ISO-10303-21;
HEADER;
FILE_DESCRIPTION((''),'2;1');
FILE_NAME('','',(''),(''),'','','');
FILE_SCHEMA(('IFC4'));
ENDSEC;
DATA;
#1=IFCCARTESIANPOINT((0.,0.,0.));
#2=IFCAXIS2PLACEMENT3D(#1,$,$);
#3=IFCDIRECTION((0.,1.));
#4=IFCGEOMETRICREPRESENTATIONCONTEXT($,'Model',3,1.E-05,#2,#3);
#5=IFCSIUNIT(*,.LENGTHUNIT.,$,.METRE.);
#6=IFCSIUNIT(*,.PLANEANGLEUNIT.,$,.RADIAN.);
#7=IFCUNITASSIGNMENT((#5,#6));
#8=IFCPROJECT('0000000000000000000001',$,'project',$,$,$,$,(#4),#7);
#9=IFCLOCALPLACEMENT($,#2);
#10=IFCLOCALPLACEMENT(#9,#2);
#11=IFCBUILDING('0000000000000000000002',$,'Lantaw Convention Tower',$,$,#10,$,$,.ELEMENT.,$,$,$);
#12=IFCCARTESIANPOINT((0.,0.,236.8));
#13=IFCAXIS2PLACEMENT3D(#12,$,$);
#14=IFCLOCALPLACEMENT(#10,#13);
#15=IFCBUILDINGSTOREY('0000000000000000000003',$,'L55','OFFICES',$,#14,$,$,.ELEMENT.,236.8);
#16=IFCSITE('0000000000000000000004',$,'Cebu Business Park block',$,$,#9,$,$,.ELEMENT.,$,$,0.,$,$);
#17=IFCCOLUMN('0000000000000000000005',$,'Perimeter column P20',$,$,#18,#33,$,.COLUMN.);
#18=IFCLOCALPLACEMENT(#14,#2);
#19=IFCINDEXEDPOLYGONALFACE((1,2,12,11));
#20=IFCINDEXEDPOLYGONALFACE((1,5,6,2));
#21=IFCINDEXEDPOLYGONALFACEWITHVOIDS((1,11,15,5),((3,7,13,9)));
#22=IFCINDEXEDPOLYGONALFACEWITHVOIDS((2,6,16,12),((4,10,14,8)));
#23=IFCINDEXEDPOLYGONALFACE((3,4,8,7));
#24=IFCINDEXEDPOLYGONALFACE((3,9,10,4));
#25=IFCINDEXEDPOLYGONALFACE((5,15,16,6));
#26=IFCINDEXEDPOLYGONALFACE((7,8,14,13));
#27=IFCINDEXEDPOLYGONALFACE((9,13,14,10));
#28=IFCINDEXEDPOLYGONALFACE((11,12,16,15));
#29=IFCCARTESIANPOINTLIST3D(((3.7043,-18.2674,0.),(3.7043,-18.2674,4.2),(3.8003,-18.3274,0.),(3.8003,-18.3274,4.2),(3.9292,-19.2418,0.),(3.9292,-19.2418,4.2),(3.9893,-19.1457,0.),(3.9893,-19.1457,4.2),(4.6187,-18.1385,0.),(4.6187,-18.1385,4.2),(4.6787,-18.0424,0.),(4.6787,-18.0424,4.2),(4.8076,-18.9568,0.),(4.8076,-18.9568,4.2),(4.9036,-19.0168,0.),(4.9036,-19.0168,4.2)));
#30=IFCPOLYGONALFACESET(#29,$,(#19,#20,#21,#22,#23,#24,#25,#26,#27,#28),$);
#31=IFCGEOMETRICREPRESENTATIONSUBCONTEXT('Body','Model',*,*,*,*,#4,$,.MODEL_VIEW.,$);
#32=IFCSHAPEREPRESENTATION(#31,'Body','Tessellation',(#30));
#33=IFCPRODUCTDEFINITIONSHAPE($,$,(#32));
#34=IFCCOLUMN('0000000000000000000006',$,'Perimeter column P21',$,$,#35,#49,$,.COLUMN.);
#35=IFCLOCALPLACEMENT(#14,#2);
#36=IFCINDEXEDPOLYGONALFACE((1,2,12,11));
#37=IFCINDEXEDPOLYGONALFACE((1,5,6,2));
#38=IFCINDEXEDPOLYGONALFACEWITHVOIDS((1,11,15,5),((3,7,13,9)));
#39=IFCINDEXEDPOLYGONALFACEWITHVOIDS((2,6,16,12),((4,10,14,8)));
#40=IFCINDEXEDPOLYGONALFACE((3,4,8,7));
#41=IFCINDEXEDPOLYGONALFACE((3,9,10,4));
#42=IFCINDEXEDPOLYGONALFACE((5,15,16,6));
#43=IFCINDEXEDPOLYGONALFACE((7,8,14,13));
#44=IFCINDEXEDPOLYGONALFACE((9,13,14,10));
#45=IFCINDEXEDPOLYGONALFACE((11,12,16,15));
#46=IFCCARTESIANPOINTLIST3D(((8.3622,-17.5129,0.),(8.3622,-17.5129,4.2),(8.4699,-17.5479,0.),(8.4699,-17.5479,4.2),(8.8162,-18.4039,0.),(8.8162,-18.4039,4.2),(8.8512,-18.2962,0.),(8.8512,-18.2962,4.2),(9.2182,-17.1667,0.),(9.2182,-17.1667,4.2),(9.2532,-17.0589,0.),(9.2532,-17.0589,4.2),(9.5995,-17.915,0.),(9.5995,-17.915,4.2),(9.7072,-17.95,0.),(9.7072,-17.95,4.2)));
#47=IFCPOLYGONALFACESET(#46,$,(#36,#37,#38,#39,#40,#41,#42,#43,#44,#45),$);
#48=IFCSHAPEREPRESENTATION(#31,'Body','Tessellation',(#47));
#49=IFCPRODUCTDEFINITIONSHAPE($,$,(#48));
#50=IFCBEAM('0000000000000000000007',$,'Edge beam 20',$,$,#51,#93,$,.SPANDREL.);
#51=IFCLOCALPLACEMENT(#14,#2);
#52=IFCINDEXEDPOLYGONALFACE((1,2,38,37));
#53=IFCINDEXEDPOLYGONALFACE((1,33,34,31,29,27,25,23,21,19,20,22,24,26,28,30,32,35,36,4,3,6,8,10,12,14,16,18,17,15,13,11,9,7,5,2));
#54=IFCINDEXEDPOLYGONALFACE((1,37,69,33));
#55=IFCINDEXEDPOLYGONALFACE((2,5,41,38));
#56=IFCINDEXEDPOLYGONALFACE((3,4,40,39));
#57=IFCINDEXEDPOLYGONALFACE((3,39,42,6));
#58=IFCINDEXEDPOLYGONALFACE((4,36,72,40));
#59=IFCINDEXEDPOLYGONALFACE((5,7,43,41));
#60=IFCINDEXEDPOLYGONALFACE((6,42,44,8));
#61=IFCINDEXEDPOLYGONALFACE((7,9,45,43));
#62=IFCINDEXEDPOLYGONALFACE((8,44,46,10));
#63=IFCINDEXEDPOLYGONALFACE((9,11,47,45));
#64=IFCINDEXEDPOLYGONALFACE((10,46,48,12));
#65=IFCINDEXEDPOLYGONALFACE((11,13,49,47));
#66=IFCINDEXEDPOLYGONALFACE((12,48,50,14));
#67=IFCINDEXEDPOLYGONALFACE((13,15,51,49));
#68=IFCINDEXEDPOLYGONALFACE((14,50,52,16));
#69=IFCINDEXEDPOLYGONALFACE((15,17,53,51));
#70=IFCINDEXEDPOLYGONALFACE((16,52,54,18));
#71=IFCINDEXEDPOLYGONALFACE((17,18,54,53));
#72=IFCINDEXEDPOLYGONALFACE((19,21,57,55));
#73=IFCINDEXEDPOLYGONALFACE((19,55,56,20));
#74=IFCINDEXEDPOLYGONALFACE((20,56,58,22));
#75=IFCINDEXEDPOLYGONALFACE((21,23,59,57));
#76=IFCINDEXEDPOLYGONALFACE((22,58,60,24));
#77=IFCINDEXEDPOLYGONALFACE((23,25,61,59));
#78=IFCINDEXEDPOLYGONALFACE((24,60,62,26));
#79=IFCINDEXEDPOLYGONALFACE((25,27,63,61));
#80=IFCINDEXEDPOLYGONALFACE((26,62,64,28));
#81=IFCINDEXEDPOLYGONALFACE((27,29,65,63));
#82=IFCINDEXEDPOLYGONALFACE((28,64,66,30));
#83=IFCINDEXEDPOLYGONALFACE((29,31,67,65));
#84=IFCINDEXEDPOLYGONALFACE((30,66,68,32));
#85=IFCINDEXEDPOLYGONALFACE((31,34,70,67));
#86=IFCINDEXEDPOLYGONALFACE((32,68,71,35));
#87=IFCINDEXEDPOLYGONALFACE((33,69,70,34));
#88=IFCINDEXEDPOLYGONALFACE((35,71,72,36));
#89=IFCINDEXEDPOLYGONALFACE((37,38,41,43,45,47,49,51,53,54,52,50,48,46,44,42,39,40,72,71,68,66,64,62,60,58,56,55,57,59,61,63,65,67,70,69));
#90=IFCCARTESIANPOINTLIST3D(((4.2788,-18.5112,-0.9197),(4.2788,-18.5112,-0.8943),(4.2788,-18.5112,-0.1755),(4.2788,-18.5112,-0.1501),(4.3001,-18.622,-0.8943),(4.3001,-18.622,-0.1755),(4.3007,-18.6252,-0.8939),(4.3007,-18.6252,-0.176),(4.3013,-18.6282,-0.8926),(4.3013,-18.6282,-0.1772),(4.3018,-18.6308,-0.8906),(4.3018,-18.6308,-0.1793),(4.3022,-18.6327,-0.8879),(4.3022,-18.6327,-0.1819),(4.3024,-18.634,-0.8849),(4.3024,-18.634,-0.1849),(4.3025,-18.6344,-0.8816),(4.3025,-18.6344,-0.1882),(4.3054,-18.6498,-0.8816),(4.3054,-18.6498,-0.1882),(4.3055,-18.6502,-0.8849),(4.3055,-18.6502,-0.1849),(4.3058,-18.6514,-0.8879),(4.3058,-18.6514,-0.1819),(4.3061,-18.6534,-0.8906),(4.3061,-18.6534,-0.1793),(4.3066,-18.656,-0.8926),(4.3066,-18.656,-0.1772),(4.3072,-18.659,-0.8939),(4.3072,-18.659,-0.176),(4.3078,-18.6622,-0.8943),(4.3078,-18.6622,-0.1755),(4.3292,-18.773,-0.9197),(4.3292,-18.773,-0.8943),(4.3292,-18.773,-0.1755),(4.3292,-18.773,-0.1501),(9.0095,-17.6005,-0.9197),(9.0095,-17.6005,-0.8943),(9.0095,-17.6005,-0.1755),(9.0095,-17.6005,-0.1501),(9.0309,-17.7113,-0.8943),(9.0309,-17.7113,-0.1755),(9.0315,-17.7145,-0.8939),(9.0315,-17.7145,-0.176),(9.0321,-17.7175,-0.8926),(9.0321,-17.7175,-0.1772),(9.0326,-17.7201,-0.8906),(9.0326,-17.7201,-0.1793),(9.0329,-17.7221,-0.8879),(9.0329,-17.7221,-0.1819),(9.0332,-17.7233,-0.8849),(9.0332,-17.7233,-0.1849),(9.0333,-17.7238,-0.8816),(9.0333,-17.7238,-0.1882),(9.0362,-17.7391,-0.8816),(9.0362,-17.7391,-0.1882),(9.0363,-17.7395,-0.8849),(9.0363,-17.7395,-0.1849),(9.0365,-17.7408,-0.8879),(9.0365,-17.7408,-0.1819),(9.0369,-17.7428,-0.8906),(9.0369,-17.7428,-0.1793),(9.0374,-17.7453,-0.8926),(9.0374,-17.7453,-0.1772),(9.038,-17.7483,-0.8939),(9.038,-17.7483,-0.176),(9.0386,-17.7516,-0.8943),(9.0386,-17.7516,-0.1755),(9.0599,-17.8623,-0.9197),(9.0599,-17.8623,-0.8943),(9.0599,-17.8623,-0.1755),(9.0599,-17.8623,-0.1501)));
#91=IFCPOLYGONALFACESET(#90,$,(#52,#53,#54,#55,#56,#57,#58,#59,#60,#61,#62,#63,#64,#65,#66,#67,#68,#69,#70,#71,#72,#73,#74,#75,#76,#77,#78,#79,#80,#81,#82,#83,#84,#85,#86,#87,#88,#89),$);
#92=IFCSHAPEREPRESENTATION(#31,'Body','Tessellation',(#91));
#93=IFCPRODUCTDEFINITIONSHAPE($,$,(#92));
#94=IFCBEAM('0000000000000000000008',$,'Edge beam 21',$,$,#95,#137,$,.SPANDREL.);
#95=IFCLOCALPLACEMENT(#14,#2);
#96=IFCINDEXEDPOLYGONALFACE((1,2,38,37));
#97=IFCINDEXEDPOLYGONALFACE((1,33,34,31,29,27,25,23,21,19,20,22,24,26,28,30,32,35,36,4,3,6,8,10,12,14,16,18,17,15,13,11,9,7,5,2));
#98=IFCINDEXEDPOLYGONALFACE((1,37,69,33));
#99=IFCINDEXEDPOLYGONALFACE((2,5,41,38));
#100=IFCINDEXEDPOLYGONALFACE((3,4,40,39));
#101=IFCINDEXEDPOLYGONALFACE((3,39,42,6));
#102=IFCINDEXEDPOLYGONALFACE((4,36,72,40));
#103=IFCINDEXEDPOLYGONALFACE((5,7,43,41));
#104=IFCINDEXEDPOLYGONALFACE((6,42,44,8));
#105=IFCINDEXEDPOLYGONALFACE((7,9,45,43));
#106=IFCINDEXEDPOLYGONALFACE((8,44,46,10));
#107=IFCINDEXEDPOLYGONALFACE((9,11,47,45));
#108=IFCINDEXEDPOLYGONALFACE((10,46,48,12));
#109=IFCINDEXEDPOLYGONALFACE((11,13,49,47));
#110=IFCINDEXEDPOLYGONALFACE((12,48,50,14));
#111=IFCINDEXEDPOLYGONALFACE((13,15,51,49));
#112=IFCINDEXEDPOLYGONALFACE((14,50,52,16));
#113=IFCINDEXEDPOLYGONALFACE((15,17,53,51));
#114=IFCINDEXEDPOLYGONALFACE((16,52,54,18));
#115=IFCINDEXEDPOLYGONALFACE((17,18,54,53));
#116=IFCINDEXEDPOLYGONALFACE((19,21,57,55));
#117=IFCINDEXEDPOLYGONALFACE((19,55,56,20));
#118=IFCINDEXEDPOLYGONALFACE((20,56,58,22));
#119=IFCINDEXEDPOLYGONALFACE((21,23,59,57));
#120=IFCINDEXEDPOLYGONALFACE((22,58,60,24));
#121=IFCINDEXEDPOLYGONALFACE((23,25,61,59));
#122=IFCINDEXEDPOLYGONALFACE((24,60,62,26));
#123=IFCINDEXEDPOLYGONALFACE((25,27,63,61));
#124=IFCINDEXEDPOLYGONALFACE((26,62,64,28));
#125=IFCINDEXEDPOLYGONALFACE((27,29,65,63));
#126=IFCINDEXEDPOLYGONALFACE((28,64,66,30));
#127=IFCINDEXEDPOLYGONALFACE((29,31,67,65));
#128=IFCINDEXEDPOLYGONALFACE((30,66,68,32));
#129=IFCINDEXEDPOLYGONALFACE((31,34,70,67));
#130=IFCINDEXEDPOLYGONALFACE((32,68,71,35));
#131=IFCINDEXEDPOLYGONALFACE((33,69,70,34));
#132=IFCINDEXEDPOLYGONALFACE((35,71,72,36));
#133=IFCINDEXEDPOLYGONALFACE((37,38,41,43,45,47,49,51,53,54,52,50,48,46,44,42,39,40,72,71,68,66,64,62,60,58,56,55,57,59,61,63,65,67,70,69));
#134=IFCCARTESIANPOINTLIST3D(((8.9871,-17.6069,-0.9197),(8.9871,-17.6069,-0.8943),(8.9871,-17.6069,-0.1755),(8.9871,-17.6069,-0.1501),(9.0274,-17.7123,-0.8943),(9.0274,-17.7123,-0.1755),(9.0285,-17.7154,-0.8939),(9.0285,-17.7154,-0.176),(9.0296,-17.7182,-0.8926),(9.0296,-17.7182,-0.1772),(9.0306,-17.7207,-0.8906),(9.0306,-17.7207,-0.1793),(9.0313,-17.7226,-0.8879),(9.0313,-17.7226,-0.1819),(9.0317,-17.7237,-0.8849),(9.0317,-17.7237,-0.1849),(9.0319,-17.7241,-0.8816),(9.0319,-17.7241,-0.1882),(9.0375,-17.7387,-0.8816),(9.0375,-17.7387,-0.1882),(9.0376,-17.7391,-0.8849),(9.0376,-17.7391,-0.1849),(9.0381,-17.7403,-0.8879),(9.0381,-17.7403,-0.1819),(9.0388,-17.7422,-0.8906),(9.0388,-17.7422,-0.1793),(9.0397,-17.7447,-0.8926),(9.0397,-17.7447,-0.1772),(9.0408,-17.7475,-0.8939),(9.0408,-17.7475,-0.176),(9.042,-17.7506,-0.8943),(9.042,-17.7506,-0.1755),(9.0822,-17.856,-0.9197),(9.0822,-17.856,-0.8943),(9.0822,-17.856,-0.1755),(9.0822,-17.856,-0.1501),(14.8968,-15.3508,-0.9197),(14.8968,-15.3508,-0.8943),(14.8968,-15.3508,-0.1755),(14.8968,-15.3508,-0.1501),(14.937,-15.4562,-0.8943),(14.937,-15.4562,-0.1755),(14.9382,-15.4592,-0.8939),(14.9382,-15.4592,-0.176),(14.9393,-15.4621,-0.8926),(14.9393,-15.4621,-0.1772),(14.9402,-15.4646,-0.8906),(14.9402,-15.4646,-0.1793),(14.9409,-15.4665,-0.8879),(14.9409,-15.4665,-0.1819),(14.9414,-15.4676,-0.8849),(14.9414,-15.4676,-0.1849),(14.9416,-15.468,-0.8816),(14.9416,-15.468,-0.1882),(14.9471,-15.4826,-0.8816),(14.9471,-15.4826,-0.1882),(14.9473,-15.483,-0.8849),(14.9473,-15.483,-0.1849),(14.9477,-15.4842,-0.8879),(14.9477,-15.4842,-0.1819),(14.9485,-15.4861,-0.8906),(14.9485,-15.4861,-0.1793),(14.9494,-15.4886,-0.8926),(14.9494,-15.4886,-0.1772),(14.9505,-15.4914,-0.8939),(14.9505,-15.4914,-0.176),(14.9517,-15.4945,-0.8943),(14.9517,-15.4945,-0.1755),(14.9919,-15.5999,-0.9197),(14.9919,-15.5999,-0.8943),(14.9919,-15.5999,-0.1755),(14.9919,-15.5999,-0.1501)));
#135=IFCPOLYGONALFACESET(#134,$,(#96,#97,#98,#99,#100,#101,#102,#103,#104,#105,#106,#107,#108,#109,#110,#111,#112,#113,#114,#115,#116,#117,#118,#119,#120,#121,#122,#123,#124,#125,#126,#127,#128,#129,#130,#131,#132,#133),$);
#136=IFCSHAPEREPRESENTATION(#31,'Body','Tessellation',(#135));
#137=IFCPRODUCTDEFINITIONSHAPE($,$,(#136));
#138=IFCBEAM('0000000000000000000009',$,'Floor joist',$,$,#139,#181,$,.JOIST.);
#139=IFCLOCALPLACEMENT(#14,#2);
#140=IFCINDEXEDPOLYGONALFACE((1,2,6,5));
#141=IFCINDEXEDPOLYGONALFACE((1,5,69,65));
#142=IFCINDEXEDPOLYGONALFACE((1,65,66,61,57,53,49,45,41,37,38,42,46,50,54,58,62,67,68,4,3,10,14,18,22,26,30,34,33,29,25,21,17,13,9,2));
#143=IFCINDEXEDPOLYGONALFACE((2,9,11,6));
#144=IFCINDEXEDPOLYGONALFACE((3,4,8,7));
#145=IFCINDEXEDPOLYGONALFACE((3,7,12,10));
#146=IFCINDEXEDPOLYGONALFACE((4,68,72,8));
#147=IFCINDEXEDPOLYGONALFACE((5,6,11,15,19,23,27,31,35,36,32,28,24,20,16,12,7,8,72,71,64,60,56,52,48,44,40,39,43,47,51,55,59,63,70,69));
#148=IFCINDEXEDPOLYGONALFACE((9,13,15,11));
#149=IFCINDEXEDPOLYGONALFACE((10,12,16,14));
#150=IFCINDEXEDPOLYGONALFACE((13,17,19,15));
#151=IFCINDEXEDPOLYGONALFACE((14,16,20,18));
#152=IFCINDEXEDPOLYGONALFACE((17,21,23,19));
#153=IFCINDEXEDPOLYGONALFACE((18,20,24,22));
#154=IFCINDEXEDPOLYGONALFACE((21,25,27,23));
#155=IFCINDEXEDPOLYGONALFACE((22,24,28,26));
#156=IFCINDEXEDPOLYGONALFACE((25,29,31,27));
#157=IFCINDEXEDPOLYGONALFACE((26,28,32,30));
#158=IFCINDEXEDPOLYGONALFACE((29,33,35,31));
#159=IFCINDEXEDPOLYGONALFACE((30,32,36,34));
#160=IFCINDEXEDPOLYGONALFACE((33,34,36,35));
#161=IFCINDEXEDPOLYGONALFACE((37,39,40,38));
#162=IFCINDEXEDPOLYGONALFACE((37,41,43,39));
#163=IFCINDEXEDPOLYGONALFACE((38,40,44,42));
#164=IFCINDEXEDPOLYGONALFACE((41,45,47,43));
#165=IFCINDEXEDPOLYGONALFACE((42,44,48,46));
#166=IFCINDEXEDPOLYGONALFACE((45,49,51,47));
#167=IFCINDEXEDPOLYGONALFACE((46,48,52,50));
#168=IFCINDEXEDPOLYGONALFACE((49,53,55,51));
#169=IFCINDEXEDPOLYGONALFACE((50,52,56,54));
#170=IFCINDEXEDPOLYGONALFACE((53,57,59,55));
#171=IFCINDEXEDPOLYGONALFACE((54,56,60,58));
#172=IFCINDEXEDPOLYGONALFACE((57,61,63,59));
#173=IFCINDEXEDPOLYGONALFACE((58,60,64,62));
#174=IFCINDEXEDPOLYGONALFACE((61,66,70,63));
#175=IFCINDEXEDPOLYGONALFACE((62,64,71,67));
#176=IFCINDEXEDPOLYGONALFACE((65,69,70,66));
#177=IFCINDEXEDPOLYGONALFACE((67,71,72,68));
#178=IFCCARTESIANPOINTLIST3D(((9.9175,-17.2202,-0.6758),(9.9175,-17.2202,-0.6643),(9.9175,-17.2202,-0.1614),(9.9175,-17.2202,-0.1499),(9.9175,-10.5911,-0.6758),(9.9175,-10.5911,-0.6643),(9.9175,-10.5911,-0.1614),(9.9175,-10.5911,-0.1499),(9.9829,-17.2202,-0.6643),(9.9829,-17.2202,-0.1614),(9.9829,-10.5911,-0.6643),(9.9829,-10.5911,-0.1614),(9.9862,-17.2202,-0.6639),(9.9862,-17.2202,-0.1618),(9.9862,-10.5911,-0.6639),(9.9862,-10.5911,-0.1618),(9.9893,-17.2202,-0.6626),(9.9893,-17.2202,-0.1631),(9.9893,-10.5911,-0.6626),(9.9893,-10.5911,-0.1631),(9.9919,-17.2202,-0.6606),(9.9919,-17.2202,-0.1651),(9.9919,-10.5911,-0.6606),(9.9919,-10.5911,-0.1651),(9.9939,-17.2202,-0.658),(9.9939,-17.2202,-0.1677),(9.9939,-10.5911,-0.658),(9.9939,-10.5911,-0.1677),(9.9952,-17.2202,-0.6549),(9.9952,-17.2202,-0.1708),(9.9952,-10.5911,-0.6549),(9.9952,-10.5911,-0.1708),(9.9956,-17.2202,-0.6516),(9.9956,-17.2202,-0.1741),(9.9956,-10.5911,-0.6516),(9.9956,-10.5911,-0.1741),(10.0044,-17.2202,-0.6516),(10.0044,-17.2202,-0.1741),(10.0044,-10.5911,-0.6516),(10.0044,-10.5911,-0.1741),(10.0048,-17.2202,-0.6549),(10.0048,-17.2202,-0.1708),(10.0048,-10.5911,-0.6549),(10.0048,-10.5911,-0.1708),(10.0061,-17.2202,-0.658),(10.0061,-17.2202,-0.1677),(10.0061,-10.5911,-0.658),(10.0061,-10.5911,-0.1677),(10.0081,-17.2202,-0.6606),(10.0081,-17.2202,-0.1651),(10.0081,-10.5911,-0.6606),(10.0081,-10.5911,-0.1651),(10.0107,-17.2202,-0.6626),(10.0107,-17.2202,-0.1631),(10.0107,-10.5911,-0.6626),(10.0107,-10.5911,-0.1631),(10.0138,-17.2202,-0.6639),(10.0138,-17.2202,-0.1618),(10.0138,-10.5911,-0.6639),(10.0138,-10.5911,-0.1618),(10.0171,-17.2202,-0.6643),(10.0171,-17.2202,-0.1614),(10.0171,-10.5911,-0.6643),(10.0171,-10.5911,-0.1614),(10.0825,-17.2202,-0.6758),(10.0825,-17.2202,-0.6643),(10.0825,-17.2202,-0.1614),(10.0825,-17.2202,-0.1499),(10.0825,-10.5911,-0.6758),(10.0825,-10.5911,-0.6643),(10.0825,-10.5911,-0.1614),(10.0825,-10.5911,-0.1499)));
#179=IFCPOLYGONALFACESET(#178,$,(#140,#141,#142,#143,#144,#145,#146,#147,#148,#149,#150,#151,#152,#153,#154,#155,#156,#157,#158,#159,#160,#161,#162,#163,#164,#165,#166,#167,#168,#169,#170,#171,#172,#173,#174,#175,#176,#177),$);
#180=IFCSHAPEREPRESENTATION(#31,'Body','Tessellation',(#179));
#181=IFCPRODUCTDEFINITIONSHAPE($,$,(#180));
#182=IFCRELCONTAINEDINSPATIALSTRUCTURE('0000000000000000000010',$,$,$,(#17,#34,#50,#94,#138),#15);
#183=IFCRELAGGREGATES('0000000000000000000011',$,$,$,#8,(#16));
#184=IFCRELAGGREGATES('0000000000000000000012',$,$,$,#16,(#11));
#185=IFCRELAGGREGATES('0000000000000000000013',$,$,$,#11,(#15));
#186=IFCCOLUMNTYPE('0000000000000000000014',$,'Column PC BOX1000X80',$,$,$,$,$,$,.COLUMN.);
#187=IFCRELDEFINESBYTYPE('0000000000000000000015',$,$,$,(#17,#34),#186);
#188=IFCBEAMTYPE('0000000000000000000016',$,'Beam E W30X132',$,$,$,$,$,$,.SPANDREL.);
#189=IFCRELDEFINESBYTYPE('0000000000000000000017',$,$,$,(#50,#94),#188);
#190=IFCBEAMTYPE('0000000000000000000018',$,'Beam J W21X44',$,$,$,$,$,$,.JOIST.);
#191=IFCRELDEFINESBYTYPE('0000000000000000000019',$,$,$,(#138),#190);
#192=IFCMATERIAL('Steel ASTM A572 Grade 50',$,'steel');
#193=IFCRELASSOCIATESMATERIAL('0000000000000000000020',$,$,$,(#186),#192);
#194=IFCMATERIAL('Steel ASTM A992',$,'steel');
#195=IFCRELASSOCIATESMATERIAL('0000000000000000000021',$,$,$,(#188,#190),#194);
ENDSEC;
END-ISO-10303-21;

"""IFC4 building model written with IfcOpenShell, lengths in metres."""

from ifc_helpers import new_model, si_unit, direction, frame, origin, origin_2d, place, context, subcontext, project, spatial, rectangle, hollow_rectangle, i_section, extrude, material, material_profile, profile_set, type_object, element, save


model = new_model("IFC4")

# Units and contexts
model_context = context("Model", 3, precision=1e-05, world=origin(), true_north=direction((0.0, 1.0)))
body_context = subcontext(model_context, "Body", "Model", "MODEL_VIEW")
ifc_project = project(units=[si_unit("LENGTHUNIT", "METRE"), si_unit("PLANEANGLEUNIT", "RADIAN")], contexts=[model_context])

# Site, building, storey
site_placement = place(None, origin())
site = spatial("IfcSite", under=ifc_project, at=site_placement, Name="Cebu Business Park block", CompositionType="ELEMENT", RefElevation=0.0)
building_placement = place(site_placement, origin())
building = spatial("IfcBuilding", under=site, at=building_placement, Name="Lantaw Convention Tower", CompositionType="ELEMENT")
storey_placement = place(building_placement, frame((0.0, 0.0, 236.8)))
storey = spatial("IfcBuildingStorey", under=building, at=storey_placement, Name="L55", Description="OFFICES", CompositionType="ELEMENT", Elevation=236.8)

# Columns
ifc_material_1 = material(Name="Steel ASTM A572 Grade 50", Category="steel")
ifc_material_profile_1 = material_profile(ifc_material_1, hollow_rectangle(XDim=1.0, YDim=1.0, WallThickness=0.0801, at=origin_2d()), Name="BOX1000X80")
ifc_material_2 = material(Name="Concrete C60/75", Category="concrete")
ifc_material_profile_2 = material_profile(ifc_material_2, rectangle(XDim=0.8401, YDim=0.8401, at=origin_2d()), Name="Concrete fill of BOX1000X80")
ifc_profile_set_1 = profile_set([ifc_material_profile_1, ifc_material_profile_2], Name="Steel ASTM A572 Grade 50")
column_type = type_object("IfcColumnType", Name="Column PC BOX1000X80", PredefinedType="COLUMN", material=ifc_profile_set_1)
for number, where, z_axis, x_axis, name in (
    (1, (4.304, -18.6421, 0.0), (0.0, 0.0, 1.0), (0.97437, 0.224951, 0.0), "Perimeter column P20"),
    (2, (9.0347, -17.7314, 0.0), (0.0, 0.0, 1.0), (0.891007, 0.45399, 0.0), "Perimeter column P21"),
):
    element("IfcColumn", number, at=place(storey_placement, frame(where, z_axis=z_axis, x_axis=x_axis)), inside=storey, type_object=column_type, Name=name, PredefinedType="COLUMN", context=body_context, shape_type="SweptSolid", body=[
        extrude(hollow_rectangle(XDim=1.0, YDim=1.0, WallThickness=0.0801, at=origin_2d()), origin(), (0.0, 0.0, 1.0), 4.2),
    ])

# Beams
ifc_material_3 = material(Name="Steel ASTM A992", Category="steel")
ifc_material_profile_3 = material_profile(ifc_material_3, i_section(OverallWidth=0.2666, OverallDepth=0.7695, WebThickness=0.0156, FlangeThickness=0.0254, FilletRadius=0.0127, at=origin_2d()), Name="W30X132")
ifc_profile_set_2 = profile_set([ifc_material_profile_3], Name="Steel ASTM A992")
beam_type_1 = type_object("IfcBeamType", Name="Beam E W30X132", PredefinedType="SPANDREL", material=ifc_profile_set_2)
beam_1_placement = place(storey_placement, frame((4.304, -18.6421, -0.5349), z_axis=(0.981972, 0.189026, 0.0), x_axis=(-0.189026, 0.981972, 0.0)))
element("IfcBeam", 3, at=beam_1_placement, inside=storey, type_object=beam_type_1, Name="Edge beam 20", PredefinedType="SPANDREL", context=body_context, shape_type="SweptSolid", body=[
    extrude(i_section(OverallWidth=0.2666, OverallDepth=0.7695, WebThickness=0.0156, FlangeThickness=0.0254, FilletRadius=0.0127, at=origin_2d()), origin(), (0.0, 0.0, 1.0), 4.8176),
])
beam_2_placement = place(storey_placement, frame((9.0347, -17.7314, -0.5349), z_axis=(0.934235, 0.356658, 0.0), x_axis=(-0.356658, 0.934235, 0.0)))
element("IfcBeam", 4, at=beam_2_placement, inside=storey, type_object=beam_type_1, Name="Edge beam 21", PredefinedType="SPANDREL", context=body_context, shape_type="SweptSolid", body=[
    extrude(i_section(OverallWidth=0.2666, OverallDepth=0.7695, WebThickness=0.0156, FlangeThickness=0.0254, FilletRadius=0.0127, at=origin_2d()), origin(), (0.0, 0.0, 1.0), 6.3257),
])
ifc_material_profile_4 = material_profile(ifc_material_3, i_section(OverallWidth=0.165, OverallDepth=0.5259, WebThickness=0.0088, FlangeThickness=0.0115, FilletRadius=0.0127, at=origin_2d()), Name="W21X44")
ifc_profile_set_3 = profile_set([ifc_material_profile_4], Name="Steel ASTM A992")
beam_type_2 = type_object("IfcBeamType", Name="Beam J W21X44", PredefinedType="JOIST", material=ifc_profile_set_3)
beam_3_placement = place(storey_placement, frame((10.0, -17.2202, -0.4128), z_axis=(0.0, 1.0, 0.0), x_axis=(-1.0, 0.0, 0.0)))
element("IfcBeam", 5, at=beam_3_placement, inside=storey, type_object=beam_type_2, Name="Floor joist", PredefinedType="JOIST", context=body_context, shape_type="SweptSolid", body=[
    extrude(i_section(OverallWidth=0.165, OverallDepth=0.5259, WebThickness=0.0088, FlangeThickness=0.0115, FilletRadius=0.0127, at=origin_2d()), origin(), (0.0, 0.0, 1.0), 6.6292),
])

save(model, "model.ifc")
